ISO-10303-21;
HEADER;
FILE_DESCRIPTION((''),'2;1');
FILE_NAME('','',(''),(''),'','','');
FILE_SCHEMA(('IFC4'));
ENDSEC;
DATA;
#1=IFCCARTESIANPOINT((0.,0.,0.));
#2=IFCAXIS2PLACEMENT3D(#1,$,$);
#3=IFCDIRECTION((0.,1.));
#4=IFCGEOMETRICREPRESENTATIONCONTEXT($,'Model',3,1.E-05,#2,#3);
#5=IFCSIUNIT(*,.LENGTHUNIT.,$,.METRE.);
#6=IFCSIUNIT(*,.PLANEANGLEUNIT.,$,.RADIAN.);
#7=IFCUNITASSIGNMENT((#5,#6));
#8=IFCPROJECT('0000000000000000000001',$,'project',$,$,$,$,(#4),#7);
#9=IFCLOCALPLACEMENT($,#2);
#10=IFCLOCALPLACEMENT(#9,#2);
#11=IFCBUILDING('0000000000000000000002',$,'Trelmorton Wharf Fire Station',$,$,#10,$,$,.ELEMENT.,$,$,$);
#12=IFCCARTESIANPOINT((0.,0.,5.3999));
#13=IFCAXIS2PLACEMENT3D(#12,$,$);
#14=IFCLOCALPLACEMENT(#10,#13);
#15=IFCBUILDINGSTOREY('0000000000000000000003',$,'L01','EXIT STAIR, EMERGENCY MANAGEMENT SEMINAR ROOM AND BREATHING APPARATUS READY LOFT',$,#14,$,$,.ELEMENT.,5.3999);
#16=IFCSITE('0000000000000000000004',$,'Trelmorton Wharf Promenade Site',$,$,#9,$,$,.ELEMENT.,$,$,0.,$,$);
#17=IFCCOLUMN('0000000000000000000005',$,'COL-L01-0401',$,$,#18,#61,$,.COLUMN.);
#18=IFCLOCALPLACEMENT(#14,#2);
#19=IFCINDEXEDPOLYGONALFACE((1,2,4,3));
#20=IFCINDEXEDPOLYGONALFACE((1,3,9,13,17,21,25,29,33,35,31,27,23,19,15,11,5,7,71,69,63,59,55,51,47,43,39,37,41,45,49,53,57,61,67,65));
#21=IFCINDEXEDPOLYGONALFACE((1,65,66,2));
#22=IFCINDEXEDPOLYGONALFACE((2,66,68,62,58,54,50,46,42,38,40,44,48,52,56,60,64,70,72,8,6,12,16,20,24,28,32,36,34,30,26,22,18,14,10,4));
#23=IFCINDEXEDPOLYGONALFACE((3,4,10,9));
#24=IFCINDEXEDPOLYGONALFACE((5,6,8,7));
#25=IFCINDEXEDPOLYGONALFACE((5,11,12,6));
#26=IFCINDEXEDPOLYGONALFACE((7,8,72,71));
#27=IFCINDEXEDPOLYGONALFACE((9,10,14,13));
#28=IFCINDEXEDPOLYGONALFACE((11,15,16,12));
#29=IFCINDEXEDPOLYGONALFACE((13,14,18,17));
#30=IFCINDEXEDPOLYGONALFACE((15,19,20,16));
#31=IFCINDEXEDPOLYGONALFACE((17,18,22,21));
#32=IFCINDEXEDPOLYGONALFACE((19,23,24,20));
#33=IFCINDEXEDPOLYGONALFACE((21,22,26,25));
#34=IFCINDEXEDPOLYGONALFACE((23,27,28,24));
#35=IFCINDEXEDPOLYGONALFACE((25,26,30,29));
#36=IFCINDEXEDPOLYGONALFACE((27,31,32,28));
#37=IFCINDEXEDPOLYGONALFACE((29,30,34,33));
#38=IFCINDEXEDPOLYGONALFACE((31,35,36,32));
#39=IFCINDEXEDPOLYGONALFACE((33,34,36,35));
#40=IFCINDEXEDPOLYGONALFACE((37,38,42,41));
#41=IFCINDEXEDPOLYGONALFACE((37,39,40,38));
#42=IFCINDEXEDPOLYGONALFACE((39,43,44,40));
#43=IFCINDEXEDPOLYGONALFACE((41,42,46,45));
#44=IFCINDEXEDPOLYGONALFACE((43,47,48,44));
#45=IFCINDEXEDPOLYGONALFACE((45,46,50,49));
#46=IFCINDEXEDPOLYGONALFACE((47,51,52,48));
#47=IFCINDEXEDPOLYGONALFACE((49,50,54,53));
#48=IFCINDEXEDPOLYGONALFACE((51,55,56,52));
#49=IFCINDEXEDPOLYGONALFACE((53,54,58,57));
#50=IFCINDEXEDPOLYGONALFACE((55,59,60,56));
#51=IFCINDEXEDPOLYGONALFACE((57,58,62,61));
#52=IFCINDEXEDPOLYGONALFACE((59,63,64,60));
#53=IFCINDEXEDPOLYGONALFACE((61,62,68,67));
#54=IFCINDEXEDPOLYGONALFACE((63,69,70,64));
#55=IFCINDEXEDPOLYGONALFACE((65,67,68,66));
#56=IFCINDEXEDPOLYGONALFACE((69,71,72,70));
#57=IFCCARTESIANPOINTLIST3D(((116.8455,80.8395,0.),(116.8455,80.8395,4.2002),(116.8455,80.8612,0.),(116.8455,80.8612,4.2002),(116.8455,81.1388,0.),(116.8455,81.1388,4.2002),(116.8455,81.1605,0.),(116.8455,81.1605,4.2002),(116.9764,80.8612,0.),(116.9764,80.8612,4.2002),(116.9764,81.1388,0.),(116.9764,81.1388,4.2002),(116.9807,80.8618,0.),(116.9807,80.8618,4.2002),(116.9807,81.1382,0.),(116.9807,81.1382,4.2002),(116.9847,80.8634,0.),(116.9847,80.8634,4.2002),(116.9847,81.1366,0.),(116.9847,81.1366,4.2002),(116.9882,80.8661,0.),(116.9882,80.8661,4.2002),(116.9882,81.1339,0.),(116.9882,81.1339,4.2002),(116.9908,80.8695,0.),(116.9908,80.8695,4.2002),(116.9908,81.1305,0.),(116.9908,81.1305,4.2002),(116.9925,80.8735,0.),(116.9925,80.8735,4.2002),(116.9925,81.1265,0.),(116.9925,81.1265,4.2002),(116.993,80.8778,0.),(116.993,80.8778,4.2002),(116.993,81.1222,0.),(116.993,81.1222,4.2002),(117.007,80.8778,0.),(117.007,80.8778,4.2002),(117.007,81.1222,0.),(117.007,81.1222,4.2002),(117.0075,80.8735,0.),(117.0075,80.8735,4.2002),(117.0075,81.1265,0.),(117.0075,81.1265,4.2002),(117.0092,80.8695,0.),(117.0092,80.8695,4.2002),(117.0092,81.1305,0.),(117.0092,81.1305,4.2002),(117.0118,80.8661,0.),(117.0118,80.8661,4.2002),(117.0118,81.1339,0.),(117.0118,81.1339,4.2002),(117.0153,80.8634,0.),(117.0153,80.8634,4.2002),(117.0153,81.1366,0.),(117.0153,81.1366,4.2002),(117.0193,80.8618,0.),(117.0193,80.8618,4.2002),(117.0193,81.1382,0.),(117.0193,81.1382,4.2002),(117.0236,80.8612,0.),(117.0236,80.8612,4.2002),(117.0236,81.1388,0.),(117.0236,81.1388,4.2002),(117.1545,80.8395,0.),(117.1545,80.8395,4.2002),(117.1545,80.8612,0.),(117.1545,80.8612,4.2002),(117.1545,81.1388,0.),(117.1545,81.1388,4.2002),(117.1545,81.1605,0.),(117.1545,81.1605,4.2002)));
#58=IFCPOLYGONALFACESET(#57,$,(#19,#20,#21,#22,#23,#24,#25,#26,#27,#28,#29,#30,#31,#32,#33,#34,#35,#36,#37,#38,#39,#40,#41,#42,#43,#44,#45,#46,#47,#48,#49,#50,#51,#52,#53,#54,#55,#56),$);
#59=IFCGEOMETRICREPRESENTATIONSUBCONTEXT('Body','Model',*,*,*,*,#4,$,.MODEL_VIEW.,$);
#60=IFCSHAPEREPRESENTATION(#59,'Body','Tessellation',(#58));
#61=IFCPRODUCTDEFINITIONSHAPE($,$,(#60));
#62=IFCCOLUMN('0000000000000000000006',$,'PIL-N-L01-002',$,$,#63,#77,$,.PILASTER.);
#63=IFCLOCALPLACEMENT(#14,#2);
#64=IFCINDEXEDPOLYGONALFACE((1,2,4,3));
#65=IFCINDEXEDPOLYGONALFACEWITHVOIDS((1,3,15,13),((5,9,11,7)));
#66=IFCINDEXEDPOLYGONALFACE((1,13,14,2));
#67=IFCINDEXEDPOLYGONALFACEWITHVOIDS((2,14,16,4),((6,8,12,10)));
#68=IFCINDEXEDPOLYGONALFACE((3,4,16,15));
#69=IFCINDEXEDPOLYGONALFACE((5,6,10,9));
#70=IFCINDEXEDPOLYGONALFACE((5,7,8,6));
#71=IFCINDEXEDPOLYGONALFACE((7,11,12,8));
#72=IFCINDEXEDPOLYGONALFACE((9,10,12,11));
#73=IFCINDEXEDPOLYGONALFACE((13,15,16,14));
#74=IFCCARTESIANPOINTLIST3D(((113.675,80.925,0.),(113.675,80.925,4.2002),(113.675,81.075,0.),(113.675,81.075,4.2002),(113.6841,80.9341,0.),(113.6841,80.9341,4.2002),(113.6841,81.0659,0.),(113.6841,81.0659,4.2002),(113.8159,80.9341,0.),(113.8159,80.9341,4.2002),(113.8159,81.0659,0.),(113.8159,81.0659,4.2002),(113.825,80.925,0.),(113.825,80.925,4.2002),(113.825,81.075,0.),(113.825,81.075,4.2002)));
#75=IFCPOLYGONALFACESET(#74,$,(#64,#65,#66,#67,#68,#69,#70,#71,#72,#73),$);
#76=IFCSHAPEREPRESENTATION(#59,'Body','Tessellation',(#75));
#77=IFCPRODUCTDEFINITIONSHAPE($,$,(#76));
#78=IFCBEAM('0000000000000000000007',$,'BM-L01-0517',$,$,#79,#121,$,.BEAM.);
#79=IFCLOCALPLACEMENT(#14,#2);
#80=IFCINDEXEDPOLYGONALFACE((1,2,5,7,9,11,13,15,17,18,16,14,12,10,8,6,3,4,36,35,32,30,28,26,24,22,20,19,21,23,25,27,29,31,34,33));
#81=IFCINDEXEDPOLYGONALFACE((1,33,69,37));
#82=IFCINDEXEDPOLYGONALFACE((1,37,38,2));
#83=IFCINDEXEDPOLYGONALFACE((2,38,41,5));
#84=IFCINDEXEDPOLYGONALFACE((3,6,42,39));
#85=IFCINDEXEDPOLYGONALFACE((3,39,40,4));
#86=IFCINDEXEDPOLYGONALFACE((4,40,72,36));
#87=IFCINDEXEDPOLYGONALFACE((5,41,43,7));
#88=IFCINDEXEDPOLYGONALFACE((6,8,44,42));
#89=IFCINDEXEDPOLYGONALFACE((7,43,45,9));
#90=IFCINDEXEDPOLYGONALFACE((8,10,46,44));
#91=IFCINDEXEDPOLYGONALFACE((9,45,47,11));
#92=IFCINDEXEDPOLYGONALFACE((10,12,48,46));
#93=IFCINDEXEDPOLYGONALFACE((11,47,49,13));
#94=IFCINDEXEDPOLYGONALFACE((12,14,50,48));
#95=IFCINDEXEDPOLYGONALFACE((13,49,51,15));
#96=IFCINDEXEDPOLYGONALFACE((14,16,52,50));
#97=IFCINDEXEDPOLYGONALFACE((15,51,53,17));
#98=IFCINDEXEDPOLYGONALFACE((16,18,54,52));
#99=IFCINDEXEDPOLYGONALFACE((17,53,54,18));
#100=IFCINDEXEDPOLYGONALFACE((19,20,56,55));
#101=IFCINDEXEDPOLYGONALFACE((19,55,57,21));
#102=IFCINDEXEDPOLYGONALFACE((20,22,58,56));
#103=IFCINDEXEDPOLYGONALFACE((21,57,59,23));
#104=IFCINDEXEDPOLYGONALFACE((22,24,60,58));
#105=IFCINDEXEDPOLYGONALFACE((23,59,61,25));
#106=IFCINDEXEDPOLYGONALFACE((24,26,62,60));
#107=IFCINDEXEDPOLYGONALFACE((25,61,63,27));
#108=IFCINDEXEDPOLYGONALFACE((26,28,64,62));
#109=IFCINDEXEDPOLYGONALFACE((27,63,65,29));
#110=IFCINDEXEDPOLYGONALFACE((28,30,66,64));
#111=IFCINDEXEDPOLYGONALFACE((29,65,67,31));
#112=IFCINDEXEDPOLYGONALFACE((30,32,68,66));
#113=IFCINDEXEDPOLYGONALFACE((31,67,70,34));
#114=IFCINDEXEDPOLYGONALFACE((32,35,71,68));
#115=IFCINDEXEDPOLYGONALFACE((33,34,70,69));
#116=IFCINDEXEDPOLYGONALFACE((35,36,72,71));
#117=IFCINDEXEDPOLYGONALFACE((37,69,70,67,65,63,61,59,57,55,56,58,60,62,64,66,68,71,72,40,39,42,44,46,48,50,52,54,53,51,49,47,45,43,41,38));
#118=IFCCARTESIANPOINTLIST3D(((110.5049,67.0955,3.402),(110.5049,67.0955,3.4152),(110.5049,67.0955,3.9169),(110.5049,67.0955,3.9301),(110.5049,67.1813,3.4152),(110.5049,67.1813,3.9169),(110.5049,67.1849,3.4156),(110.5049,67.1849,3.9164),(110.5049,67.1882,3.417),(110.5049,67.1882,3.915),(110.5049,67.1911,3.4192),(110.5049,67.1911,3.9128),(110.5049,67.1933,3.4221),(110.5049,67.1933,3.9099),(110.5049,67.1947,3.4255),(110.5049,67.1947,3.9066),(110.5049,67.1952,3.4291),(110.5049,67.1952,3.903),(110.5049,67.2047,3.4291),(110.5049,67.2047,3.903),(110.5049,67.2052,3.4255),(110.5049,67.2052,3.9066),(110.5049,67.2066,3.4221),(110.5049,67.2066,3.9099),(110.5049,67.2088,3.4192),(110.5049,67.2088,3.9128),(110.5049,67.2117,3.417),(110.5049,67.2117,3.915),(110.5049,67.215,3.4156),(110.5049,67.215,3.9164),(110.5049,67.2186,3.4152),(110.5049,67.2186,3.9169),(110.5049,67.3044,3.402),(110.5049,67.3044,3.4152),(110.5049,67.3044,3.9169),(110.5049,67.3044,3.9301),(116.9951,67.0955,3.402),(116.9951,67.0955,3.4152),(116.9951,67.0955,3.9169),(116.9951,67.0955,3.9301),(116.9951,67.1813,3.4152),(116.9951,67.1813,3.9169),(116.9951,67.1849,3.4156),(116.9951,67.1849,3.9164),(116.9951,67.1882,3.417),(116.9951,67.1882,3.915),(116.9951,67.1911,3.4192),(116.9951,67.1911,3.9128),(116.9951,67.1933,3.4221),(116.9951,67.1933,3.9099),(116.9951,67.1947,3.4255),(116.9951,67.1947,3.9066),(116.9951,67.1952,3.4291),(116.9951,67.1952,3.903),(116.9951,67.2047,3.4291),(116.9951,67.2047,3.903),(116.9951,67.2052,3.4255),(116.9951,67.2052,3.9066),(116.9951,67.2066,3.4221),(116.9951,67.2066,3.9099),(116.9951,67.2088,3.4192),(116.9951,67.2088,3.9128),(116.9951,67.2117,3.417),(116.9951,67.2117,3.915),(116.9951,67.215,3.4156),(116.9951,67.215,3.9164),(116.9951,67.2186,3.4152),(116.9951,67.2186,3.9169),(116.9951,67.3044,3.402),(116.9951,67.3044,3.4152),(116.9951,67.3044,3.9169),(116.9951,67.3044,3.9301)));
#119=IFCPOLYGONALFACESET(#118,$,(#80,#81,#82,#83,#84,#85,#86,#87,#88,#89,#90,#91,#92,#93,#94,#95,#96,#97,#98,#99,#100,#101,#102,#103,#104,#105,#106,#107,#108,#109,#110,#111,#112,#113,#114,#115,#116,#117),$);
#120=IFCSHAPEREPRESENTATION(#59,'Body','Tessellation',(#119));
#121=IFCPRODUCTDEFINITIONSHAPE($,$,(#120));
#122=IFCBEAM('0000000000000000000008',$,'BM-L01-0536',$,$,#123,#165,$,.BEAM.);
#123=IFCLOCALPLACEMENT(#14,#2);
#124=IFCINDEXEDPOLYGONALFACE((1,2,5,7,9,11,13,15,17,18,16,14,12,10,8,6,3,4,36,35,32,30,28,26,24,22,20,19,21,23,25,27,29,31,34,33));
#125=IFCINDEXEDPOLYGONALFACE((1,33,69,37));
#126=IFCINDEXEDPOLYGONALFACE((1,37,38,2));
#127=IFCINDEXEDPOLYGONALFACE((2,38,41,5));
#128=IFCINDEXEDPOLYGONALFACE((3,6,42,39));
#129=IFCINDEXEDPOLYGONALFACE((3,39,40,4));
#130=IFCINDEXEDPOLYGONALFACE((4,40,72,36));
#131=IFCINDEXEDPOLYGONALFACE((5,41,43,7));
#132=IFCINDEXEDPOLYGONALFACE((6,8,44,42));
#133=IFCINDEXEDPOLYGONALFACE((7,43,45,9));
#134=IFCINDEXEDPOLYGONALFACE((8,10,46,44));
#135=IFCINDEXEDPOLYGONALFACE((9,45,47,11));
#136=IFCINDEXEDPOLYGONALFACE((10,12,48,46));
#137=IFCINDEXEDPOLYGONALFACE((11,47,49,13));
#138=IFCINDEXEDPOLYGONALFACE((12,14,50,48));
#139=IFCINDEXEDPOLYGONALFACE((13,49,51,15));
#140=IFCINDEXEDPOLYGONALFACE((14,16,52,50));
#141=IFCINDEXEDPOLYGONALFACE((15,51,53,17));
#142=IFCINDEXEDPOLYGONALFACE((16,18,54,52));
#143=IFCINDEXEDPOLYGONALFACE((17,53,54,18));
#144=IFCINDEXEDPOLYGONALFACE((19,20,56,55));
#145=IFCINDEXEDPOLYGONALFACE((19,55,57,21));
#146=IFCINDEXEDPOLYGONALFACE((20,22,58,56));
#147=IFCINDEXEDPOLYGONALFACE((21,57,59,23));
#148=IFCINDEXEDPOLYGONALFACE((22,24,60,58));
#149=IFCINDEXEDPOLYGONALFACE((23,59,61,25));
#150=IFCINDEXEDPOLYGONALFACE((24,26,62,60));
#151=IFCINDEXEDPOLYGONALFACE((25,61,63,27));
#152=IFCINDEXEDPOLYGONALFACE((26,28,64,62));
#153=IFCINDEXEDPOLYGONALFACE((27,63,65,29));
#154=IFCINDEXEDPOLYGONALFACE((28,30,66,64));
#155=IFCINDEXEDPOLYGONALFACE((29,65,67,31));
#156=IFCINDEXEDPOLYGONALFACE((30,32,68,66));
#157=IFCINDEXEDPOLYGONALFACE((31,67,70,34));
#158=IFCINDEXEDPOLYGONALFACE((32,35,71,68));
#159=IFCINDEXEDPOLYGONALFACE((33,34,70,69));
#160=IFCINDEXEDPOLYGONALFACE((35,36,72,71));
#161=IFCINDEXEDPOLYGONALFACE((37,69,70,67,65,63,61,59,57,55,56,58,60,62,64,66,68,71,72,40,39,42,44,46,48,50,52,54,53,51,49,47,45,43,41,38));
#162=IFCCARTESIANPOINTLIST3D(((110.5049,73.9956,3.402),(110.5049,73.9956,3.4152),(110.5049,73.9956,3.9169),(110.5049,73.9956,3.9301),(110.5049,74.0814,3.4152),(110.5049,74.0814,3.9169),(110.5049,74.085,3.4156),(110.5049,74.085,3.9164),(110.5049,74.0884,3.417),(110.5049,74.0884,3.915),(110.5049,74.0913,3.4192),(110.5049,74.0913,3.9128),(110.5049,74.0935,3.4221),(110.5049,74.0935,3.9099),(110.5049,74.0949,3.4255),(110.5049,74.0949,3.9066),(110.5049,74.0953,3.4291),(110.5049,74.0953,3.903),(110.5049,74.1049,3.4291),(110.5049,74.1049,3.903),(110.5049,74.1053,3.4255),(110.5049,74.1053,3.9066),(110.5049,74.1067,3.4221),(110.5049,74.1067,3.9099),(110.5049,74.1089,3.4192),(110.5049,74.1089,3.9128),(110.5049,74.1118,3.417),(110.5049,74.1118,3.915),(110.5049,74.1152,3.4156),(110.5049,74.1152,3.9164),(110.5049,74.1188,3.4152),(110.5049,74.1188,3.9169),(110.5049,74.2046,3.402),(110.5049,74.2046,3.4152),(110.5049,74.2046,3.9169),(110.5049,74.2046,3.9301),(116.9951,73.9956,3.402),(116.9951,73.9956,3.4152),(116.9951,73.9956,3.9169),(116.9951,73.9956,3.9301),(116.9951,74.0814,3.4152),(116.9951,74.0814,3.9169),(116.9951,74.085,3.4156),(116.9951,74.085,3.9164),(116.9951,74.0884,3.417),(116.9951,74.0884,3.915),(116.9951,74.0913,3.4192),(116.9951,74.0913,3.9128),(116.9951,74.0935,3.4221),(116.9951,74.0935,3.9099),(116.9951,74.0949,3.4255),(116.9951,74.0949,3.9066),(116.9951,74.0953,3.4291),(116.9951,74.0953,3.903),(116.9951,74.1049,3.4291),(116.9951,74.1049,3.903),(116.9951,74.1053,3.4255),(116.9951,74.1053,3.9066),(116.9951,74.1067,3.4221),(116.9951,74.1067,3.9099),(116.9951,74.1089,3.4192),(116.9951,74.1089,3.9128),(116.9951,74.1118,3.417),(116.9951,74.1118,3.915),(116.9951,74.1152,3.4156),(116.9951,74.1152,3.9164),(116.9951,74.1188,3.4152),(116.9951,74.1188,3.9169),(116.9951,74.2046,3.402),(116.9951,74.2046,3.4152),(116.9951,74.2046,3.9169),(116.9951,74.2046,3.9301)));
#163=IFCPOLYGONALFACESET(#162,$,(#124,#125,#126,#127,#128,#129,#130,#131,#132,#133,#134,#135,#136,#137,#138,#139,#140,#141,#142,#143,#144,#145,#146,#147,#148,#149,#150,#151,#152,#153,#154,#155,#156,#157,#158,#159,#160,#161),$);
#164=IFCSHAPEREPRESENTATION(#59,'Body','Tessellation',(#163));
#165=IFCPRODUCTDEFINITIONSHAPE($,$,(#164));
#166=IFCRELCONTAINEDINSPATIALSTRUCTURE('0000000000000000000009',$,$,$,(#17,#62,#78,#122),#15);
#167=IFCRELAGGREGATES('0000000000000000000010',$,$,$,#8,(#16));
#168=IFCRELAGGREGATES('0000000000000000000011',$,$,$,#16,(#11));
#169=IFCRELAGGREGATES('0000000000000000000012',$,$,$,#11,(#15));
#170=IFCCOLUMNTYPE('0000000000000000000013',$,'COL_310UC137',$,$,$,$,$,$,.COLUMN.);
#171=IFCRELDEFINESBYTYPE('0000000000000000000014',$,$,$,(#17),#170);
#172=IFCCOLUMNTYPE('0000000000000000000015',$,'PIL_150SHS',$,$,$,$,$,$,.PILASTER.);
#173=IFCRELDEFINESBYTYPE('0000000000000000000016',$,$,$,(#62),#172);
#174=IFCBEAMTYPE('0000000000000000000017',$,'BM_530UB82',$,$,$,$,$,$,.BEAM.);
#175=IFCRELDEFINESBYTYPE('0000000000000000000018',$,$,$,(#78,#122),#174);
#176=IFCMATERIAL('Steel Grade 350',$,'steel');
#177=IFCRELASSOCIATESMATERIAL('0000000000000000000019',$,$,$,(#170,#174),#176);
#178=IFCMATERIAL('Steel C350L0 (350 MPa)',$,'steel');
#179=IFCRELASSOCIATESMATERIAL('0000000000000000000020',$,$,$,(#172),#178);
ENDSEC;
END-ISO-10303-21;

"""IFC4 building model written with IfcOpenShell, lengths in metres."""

from ifc_helpers import new_model, si_unit, direction, frame, origin, origin_2d, place, context, subcontext, project, spatial, hollow_rectangle, i_section, extrude, material, material_profile, profile_set, type_object, element, save


model = new_model("IFC4")

# Units and contexts
model_context = context("Model", 3, precision=1e-05, world=origin(), true_north=direction((0.0, 1.0)))
body_context = subcontext(model_context, "Body", "Model", "MODEL_VIEW")
ifc_project = project(units=[si_unit("LENGTHUNIT", "METRE"), si_unit("PLANEANGLEUNIT", "RADIAN")], contexts=[model_context])

# Site, building, storey
site_placement = place(None, origin())
site = spatial("IfcSite", under=ifc_project, at=site_placement, Name="Trelmorton Wharf Promenade Site", CompositionType="ELEMENT", RefElevation=0.0)
building_placement = place(site_placement, origin())
building = spatial("IfcBuilding", under=site, at=building_placement, Name="Trelmorton Wharf Fire Station", CompositionType="ELEMENT")
storey_placement = place(building_placement, frame((0.0, 0.0, 5.3999)))
storey = spatial("IfcBuildingStorey", under=building, at=storey_placement, Name="L01", Description="EXIT STAIR, EMERGENCY MANAGEMENT SEMINAR ROOM AND BREATHING APPARATUS READY LOFT", CompositionType="ELEMENT", Elevation=5.3999)

# Columns
ifc_material_1 = material(Name="Steel Grade 350", Category="steel")
ifc_material_profile_1 = material_profile(ifc_material_1, i_section(OverallWidth=0.3091, OverallDepth=0.321, WebThickness=0.0139, FlangeThickness=0.0217, FilletRadius=0.0166, at=origin_2d()), Name="310UC137")
ifc_profile_set_1 = profile_set([ifc_material_profile_1], Name="Steel Grade 350")
column_type_1 = type_object("IfcColumnType", Name="COL_310UC137", PredefinedType="COLUMN", material=ifc_profile_set_1)
for number, where, z_axis, x_axis, name in (
    (1, (117.0, 81.0, 0.0), (0.0, 0.0, 1.0), (1.0, 0.0, 0.0), "COL-L01-0401"),
):
    element("IfcColumn", number, at=place(storey_placement, frame(where, z_axis=z_axis, x_axis=x_axis)), inside=storey, type_object=column_type_1, Name=name, PredefinedType="COLUMN", context=body_context, shape_type="SweptSolid", body=[
        extrude(i_section(OverallWidth=0.3091, OverallDepth=0.321, WebThickness=0.0139, FlangeThickness=0.0217, FilletRadius=0.0166, at=origin_2d()), origin(), (0.0, 0.0, 1.0), 4.2002),
    ])
ifc_material_2 = material(Name="Steel C350L0 (350 MPa)", Category="steel")
ifc_material_profile_2 = material_profile(ifc_material_2, hollow_rectangle(XDim=0.1499, YDim=0.1499, WallThickness=0.009, at=origin_2d()), Name="150x150x9.0SHS")
ifc_profile_set_2 = profile_set([ifc_material_profile_2], Name="Steel C350L0 (350 MPa)")
column_type_2 = type_object("IfcColumnType", Name="PIL_150SHS", PredefinedType="PILASTER", material=ifc_profile_set_2)
column_placement = place(storey_placement, frame((113.75, 81.0, 0.0), z_axis=(0.0, 0.0, 1.0), x_axis=(1.0, 0.0, 0.0)))
element("IfcColumn", 2, at=column_placement, inside=storey, type_object=column_type_2, Name="PIL-N-L01-002", PredefinedType="PILASTER", context=body_context, shape_type="SweptSolid", body=[
    extrude(hollow_rectangle(XDim=0.1499, YDim=0.1499, WallThickness=0.009, at=origin_2d()), origin(), (0.0, 0.0, 1.0), 4.2002),
])

# Beams
ifc_material_profile_3 = material_profile(ifc_material_1, i_section(OverallWidth=0.209, OverallDepth=0.5281, WebThickness=0.0095, FlangeThickness=0.0132, FilletRadius=0.0139, at=origin_2d()), Name="530UB82.0")
ifc_profile_set_3 = profile_set([ifc_material_profile_3], Name="Steel Grade 350")
beam_type_1 = type_object("IfcBeamType", Name="BM_530UB82", PredefinedType="BEAM", material=ifc_profile_set_3)
for number, where, z_axis, x_axis, name in (
    (3, (110.5049, 67.2, 3.666), (1.0, 0.0, 0.0), (0.0, 1.0, 0.0), "BM-L01-0517"),
    (4, (110.5049, 74.1001, 3.666), (1.0, 0.0, 0.0), (0.0, 1.0, 0.0), "BM-L01-0536"),
):
    element("IfcBeam", number, at=place(storey_placement, frame(where, z_axis=z_axis, x_axis=x_axis)), inside=storey, type_object=beam_type_1, Name=name, PredefinedType="BEAM", context=body_context, shape_type="SweptSolid", body=[
        extrude(i_section(OverallWidth=0.209, OverallDepth=0.5281, WebThickness=0.0095, FlangeThickness=0.0132, FilletRadius=0.0139, at=origin_2d()), origin(), (0.0, 0.0, 1.0), 6.4902),
    ])

save(model, "model.ifc")
